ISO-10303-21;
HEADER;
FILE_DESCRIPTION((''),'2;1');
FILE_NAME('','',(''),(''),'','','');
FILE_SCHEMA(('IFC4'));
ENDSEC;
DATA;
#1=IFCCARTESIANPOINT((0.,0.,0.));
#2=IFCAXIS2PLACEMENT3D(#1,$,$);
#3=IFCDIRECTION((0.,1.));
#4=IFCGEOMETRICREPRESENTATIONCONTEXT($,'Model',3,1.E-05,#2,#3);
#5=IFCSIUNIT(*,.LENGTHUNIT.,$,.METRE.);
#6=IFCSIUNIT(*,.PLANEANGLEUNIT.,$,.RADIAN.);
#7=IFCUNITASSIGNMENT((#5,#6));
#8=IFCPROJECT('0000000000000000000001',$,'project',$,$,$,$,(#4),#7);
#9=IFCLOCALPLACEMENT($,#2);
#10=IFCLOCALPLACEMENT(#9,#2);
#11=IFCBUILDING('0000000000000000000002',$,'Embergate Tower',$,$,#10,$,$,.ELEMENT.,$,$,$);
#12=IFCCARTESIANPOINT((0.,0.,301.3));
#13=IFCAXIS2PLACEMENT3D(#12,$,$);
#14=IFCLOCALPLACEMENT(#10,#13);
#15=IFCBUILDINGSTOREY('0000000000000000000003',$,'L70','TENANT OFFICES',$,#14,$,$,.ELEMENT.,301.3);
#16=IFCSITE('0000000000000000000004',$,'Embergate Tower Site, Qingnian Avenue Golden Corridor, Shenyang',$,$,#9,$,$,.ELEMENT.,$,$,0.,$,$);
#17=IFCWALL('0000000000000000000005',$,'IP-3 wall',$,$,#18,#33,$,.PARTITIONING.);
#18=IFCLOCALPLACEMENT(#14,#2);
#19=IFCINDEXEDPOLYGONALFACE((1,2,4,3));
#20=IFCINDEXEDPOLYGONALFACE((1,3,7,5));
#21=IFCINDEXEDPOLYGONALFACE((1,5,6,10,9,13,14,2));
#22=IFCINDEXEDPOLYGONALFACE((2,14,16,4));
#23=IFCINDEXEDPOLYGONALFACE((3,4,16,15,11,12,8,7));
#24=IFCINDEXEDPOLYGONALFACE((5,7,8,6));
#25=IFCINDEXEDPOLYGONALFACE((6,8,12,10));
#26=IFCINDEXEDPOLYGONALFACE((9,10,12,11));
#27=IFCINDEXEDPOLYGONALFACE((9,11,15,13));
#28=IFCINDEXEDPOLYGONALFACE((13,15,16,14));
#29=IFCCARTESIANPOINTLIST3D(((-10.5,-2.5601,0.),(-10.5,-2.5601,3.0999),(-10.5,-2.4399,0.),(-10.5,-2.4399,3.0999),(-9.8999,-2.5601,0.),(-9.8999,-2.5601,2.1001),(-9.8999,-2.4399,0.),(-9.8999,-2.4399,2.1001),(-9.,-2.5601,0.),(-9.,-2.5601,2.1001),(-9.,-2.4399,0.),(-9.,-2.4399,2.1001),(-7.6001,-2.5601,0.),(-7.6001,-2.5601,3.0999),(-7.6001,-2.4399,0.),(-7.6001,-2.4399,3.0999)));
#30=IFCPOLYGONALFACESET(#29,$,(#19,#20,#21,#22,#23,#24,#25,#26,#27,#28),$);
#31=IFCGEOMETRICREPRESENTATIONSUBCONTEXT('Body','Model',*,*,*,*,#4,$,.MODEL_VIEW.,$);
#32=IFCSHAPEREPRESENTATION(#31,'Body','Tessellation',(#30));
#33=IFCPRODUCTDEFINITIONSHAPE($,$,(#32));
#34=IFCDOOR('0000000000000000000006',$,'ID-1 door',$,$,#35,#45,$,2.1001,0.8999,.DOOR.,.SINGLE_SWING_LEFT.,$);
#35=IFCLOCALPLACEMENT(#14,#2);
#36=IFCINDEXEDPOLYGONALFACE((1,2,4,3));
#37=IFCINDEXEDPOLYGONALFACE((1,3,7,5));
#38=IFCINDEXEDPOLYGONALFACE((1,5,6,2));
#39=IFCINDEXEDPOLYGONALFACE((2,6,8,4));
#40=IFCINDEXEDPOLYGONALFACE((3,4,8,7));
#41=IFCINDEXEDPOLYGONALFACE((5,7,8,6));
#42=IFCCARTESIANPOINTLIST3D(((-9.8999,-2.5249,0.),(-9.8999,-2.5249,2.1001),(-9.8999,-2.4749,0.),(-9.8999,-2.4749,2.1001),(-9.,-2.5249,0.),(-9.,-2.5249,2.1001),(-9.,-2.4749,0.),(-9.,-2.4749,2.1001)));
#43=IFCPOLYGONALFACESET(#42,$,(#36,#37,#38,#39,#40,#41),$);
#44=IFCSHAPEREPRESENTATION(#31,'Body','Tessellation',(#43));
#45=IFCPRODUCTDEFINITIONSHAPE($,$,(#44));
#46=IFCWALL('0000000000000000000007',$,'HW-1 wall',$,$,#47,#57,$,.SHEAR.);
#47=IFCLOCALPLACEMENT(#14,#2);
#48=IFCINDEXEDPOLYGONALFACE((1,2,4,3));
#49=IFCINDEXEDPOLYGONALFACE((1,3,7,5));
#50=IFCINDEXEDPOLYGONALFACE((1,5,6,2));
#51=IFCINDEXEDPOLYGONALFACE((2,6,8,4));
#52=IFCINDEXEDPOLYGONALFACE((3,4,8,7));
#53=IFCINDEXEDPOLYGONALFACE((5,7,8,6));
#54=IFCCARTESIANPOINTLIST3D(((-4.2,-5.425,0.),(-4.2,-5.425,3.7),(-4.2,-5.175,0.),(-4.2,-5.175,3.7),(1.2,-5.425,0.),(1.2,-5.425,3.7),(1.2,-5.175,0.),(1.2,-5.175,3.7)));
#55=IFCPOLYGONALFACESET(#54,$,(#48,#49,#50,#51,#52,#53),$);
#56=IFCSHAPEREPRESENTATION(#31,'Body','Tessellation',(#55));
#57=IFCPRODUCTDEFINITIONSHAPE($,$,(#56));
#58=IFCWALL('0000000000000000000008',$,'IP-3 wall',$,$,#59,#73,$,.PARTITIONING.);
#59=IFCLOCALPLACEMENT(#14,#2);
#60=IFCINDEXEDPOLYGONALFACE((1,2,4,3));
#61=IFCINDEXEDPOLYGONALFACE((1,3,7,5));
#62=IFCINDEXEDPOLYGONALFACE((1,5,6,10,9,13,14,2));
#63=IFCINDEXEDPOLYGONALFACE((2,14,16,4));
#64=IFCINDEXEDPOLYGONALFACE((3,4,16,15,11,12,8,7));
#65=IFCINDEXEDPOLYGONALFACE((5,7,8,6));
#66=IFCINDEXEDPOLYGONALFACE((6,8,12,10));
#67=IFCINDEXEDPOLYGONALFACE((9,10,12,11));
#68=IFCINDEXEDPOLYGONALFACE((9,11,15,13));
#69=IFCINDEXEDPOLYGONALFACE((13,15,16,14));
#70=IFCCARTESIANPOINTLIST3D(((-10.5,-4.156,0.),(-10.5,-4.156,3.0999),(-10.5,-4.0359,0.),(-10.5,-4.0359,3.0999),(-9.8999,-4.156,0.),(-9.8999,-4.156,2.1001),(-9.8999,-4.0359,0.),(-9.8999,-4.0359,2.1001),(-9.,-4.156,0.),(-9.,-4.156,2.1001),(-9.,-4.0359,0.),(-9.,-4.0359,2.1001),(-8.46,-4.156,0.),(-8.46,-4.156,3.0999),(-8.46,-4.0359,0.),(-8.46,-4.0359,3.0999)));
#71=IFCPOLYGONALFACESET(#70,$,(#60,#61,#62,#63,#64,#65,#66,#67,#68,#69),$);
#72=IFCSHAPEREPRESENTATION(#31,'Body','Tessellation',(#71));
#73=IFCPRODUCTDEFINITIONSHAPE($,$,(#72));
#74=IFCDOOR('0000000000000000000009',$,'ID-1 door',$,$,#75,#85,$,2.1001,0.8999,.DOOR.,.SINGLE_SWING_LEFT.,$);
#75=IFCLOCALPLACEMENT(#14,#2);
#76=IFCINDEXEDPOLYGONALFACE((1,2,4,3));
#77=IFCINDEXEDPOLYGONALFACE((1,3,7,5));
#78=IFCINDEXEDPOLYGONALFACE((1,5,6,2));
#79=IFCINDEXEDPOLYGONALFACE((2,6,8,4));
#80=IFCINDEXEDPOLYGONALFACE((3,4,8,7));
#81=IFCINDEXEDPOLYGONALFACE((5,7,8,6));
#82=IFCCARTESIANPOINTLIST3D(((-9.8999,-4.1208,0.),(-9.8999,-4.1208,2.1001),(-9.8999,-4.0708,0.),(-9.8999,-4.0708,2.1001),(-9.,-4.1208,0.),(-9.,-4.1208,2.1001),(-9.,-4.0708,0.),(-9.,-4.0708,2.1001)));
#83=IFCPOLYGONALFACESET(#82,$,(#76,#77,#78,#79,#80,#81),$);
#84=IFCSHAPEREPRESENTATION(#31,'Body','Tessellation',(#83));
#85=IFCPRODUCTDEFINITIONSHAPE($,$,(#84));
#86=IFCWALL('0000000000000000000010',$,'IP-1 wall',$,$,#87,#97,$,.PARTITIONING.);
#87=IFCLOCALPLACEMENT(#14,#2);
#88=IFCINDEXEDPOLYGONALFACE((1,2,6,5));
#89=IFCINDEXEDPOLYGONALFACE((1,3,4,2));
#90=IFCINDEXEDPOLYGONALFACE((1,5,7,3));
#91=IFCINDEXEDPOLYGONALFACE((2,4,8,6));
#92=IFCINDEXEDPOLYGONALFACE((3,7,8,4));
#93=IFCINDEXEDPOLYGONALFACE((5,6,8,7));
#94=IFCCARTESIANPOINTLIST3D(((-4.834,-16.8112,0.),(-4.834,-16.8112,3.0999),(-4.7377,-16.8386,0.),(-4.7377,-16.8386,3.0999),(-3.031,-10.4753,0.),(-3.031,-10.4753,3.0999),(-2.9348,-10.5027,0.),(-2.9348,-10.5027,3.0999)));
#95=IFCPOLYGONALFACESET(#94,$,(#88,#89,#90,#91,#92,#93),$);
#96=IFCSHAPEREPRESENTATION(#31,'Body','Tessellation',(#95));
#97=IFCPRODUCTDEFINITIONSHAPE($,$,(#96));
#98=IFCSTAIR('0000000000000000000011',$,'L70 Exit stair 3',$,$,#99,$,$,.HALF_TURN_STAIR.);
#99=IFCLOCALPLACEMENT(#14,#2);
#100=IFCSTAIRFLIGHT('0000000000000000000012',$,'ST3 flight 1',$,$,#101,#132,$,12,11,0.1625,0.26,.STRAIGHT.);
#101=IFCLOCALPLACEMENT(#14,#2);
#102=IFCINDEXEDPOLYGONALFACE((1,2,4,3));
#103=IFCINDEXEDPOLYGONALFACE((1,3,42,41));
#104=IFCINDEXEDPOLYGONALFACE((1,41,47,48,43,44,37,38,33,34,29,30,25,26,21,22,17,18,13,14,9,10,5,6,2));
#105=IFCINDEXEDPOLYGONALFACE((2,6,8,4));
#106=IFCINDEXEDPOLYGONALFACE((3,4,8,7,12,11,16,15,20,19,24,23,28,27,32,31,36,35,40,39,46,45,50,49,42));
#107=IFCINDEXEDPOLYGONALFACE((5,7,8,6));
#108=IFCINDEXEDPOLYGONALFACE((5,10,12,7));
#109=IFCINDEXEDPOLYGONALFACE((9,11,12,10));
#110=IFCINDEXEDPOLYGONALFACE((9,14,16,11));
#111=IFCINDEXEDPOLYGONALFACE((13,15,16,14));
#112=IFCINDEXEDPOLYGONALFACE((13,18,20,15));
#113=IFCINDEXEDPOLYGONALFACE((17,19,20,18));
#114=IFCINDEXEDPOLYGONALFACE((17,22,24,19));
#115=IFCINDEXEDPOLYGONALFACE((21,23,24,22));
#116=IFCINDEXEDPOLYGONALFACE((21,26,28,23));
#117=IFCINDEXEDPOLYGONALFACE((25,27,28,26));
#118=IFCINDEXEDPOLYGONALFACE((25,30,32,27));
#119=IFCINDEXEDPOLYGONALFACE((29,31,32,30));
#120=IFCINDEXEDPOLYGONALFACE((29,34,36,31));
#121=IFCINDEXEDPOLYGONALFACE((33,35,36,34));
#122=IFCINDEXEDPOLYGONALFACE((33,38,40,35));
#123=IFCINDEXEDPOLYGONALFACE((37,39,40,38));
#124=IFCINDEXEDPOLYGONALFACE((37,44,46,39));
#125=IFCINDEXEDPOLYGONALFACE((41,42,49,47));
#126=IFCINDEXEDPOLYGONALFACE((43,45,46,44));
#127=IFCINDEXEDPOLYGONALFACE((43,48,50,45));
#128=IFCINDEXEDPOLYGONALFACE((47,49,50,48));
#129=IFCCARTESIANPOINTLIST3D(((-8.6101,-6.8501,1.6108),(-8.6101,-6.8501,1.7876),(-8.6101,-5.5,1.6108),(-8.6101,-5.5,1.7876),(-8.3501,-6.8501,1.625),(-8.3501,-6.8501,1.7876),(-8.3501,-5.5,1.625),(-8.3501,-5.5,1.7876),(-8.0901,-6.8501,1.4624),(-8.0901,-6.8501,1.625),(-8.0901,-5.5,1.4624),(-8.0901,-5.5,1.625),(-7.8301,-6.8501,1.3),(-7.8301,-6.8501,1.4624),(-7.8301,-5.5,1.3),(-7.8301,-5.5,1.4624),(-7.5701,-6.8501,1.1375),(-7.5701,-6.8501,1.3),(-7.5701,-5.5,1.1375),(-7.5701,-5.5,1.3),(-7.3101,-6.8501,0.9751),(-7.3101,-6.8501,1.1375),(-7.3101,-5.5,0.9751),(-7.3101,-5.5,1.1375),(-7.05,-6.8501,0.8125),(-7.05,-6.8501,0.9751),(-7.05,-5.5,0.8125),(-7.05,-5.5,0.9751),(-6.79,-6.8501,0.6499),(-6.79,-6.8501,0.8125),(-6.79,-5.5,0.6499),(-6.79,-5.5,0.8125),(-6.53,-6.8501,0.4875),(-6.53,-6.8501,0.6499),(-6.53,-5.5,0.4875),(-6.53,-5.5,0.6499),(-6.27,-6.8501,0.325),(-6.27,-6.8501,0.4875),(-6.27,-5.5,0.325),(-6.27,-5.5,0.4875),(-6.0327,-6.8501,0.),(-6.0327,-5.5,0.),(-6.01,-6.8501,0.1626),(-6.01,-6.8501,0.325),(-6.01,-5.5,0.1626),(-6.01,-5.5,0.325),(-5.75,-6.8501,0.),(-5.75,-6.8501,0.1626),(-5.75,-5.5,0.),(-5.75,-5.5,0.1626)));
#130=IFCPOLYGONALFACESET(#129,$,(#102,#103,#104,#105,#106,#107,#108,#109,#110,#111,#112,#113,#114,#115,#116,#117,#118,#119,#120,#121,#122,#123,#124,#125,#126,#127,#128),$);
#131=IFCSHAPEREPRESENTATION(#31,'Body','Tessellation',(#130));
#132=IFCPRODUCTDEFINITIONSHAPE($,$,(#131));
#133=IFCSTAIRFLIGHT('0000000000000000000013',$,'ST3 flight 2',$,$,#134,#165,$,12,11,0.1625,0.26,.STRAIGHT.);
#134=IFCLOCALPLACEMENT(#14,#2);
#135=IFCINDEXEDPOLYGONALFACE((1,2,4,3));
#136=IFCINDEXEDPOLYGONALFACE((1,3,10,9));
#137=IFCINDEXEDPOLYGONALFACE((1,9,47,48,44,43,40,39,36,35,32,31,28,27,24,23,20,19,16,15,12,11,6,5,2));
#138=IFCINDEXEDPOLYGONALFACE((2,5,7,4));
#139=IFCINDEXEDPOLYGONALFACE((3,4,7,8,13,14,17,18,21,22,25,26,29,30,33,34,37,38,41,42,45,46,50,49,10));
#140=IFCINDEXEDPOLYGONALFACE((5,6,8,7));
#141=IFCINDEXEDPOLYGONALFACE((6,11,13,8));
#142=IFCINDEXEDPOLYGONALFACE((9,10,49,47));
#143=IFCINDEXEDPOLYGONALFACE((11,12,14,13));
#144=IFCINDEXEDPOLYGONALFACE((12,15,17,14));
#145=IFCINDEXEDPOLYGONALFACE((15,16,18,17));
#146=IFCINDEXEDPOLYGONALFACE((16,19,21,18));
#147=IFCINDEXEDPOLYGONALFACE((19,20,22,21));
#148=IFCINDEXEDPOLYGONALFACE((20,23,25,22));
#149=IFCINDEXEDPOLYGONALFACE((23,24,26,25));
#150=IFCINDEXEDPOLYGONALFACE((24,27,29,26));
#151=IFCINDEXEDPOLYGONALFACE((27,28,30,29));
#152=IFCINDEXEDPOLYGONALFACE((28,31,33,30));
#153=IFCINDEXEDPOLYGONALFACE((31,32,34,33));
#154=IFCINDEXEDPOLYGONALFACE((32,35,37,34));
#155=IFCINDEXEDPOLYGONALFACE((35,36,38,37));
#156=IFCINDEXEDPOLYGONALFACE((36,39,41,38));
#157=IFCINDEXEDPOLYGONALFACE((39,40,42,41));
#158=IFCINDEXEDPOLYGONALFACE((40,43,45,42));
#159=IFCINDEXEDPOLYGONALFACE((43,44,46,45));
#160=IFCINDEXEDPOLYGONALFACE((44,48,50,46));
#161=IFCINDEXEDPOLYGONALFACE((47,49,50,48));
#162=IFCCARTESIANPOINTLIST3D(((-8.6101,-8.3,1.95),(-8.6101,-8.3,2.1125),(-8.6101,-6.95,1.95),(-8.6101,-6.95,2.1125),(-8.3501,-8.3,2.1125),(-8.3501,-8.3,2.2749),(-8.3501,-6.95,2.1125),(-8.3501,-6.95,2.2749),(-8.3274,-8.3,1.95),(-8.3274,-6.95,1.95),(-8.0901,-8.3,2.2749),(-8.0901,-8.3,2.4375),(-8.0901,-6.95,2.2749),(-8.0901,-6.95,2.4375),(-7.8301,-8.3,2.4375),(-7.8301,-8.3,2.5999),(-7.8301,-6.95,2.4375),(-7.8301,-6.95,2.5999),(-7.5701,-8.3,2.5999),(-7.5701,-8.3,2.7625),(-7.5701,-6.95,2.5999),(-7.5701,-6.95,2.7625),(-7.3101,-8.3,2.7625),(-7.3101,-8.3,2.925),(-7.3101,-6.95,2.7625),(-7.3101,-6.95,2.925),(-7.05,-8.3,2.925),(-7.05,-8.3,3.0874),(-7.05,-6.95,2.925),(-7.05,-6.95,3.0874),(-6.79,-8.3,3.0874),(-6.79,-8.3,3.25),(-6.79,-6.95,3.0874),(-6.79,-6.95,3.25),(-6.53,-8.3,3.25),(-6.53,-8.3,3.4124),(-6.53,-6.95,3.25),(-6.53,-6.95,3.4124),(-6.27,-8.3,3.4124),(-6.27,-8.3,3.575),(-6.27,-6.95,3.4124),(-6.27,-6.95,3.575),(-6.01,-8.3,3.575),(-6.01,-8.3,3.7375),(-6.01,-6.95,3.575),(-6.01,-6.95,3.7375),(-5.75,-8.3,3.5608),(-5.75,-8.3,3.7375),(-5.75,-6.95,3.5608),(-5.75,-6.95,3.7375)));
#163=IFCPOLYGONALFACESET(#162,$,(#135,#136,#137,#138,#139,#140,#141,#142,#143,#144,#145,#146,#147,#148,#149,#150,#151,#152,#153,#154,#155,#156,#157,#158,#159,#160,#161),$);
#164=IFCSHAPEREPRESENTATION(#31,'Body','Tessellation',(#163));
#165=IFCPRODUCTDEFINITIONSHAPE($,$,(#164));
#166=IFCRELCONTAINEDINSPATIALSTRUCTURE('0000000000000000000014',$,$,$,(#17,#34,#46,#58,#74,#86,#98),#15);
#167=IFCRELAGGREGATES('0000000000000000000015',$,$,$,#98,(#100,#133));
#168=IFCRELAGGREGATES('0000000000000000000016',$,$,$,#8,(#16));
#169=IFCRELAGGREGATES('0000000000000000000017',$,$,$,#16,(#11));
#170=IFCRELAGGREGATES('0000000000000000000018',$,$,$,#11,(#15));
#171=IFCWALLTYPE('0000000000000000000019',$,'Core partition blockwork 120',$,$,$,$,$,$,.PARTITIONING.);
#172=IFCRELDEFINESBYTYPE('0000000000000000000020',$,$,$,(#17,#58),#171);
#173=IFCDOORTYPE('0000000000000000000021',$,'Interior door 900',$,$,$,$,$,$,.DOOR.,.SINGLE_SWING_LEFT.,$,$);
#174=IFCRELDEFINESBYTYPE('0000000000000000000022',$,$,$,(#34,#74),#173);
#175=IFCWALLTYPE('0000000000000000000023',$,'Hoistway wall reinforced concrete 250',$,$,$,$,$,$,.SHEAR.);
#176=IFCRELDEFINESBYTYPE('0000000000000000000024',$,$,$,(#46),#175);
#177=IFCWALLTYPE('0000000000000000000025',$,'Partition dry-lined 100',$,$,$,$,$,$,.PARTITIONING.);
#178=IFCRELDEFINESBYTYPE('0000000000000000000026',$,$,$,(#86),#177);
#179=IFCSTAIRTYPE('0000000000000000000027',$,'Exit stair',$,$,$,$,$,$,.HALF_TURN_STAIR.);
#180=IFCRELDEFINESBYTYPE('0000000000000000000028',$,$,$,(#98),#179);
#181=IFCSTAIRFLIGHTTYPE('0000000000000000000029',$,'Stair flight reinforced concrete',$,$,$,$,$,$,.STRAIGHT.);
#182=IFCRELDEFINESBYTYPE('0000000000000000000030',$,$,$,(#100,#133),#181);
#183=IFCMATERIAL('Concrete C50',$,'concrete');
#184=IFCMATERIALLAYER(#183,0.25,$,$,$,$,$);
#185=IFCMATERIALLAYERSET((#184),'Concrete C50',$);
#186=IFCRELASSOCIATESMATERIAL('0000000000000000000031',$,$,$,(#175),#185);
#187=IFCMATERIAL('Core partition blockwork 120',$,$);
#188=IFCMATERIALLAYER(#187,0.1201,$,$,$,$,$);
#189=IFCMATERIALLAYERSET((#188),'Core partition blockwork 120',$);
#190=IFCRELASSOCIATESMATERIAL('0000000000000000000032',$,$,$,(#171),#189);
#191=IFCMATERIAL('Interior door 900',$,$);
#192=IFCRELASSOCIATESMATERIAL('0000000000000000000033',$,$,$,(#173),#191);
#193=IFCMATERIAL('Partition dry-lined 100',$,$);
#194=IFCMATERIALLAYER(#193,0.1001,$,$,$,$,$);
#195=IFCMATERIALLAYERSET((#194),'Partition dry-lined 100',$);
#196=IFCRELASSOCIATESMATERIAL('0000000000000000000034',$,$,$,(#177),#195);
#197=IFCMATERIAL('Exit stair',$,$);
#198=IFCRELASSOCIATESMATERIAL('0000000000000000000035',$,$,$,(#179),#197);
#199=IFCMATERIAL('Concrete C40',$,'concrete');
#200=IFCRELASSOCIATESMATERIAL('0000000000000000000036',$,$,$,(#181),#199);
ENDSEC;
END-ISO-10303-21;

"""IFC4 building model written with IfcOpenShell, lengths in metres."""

from ifc_helpers import new_model, si_unit, direction, frame, frame_2d, origin, place, context, subcontext, project, spatial, polyline, rectangle, outline, extrude, source, transform, mapped, material, layer, layer_set, type_object, element, fill, aggregate, save


model = new_model("IFC4")

# Units and contexts
model_context = context("Model", 3, precision=1e-05, world=origin(), true_north=direction((0.0, 1.0)))
body_context = subcontext(model_context, "Body", "Model", "MODEL_VIEW")
ifc_project = project(units=[si_unit("LENGTHUNIT", "METRE"), si_unit("PLANEANGLEUNIT", "RADIAN")], contexts=[model_context])

# Site, building, storey
site_placement = place(None, origin())
site = spatial("IfcSite", under=ifc_project, at=site_placement, Name="Embergate Tower Site, Qingnian Avenue Golden Corridor, Shenyang", CompositionType="ELEMENT", RefElevation=0.0)
building_placement = place(site_placement, origin())
building = spatial("IfcBuilding", under=site, at=building_placement, Name="Embergate Tower", CompositionType="ELEMENT")
storey_placement = place(building_placement, frame((0.0, 0.0, 301.3)))
storey = spatial("IfcBuildingStorey", under=building, at=storey_placement, Name="L70", Description="TENANT OFFICES", CompositionType="ELEMENT", Elevation=301.3)

# Shared definitions
ifc_material_1 = material(Name="Concrete C50", Category="concrete")
ifc_layer_1 = layer(ifc_material_1, 0.25)
ifc_layer_set_1 = layer_set([ifc_layer_1], Name="Concrete C50")
wall_type_1 = type_object("IfcWallType", Name="Hoistway wall reinforced concrete 250", PredefinedType="SHEAR", material=ifc_layer_set_1)

# Wall, opening, door
ifc_material_2 = material(Name="Core partition blockwork 120")
ifc_layer_2 = layer(ifc_material_2, 0.1201)
ifc_layer_set_2 = layer_set([ifc_layer_2], Name="Core partition blockwork 120")
wall_type_2 = type_object("IfcWallType", Name="Core partition blockwork 120", PredefinedType="PARTITIONING", material=ifc_layer_set_2)
shared_shape_1 = source(origin(), body_context, "Body", "SweptSolid", [
    extrude(rectangle(XDim=0.8999, YDim=2.1001, at=frame_2d((0.45, 1.05))), frame((0.0, 0.0701, 0.0), z_axis=(0.0, -1.0, 0.0), x_axis=(1.0, 0.0, 0.0)), (0.0, 0.0, 1.0), 0.1401),
])
ifc_material_3 = material(Name="Interior door 900")
door_type_1 = type_object("IfcDoorType", Name="Interior door 900", OperationType="SINGLE_SWING_LEFT", PredefinedType="DOOR", material=ifc_material_3)
shared_shape_2 = source(origin(), body_context, "Body", "SweptSolid", [
    extrude(rectangle(XDim=0.8999, YDim=2.1001, at=frame_2d((0.45, 1.05))), frame((0.0, 0.0249, 0.0), z_axis=(0.0, -1.0, 0.0), x_axis=(1.0, 0.0, 0.0)), (0.0, 0.0, 1.0), 0.05),
])
shared_shape_3 = source(origin(), body_context, "Body", "SweptSolid", [
    extrude(rectangle(XDim=2.8999, YDim=0.1201, at=frame_2d((1.45, 0.0))), origin(), (0.0, 0.0, 1.0), 3.0999),
])
wall_1_placement = place(storey_placement, frame((-7.6001, -2.5, 0.0), z_axis=(0.0, 0.0, 1.0), x_axis=(-1.0, 0.0, 0.0)))
wall_1 = element("IfcWall", 1, at=wall_1_placement, inside=storey, type_object=wall_type_2, Name="IP-3 wall", PredefinedType="PARTITIONING", context=body_context, shape_type="MappedRepresentation", body=[
    mapped(shared_shape_3, transform((0.0, 0.0, 0.0))),
])
opening_1_placement = place(wall_1_placement, frame((1.3999, 0.0, 0.0)))
opening_1 = element("IfcOpeningElement", 2, at=opening_1_placement, cuts=wall_1, PredefinedType="OPENING", context=body_context, shape_type="MappedRepresentation", body=[
    mapped(shared_shape_1, transform((0.0, 0.0, 0.0))),
])
door_1_placement = place(opening_1_placement, origin())
door_1 = element("IfcDoor", 3, at=door_1_placement, inside=storey, type_object=door_type_1, Name="ID-1 door", OperationType="SINGLE_SWING_LEFT", OverallHeight=2.1001, OverallWidth=0.8999, PredefinedType="DOOR", context=body_context, shape_type="MappedRepresentation", body=[
    mapped(shared_shape_2, transform((0.0, 0.0, 0.0))),
])
fill(opening_1, door_1)

# Wall
shared_shape_4 = source(origin(), body_context, "Body", "SweptSolid", [
    extrude(rectangle(XDim=5.3999, YDim=0.25, at=frame_2d((2.7, 0.0))), origin(), (0.0, 0.0, 1.0), 3.7),
])
wall_2_placement = place(storey_placement, frame((-4.2, -5.3, 0.0), z_axis=(0.0, 0.0, 1.0), x_axis=(1.0, 0.0, 0.0)))
element("IfcWall", 4, at=wall_2_placement, inside=storey, type_object=wall_type_1, Name="HW-1 wall", PredefinedType="SHEAR", context=body_context, shape_type="MappedRepresentation", body=[
    mapped(shared_shape_4, transform((0.0, 0.0, 0.0))),
])

# Wall, opening, door
shared_shape_5 = source(origin(), body_context, "Body", "SweptSolid", [
    extrude(rectangle(XDim=2.04, YDim=0.1201, at=frame_2d((1.02, 0.0))), origin(), (0.0, 0.0, 1.0), 3.0999),
])
wall_3_placement = place(storey_placement, frame((-8.46, -4.0959, 0.0), z_axis=(0.0, 0.0, 1.0), x_axis=(-1.0, 0.0, 0.0)))
wall_3 = element("IfcWall", 5, at=wall_3_placement, inside=storey, type_object=wall_type_2, Name="IP-3 wall", PredefinedType="PARTITIONING", context=body_context, shape_type="MappedRepresentation", body=[
    mapped(shared_shape_5, transform((0.0, 0.0, 0.0))),
])
opening_2_placement = place(wall_3_placement, frame((0.54, 0.0, 0.0)))
opening_2 = element("IfcOpeningElement", 6, at=opening_2_placement, cuts=wall_3, PredefinedType="OPENING", context=body_context, shape_type="MappedRepresentation", body=[
    mapped(shared_shape_1, transform((0.0, 0.0, 0.0))),
])
door_2_placement = place(opening_2_placement, origin())
door_2 = element("IfcDoor", 7, at=door_2_placement, inside=storey, type_object=door_type_1, Name="ID-1 door", OperationType="SINGLE_SWING_LEFT", OverallHeight=2.1001, OverallWidth=0.8999, PredefinedType="DOOR", context=body_context, shape_type="MappedRepresentation", body=[
    mapped(shared_shape_2, transform((0.0, 0.0, 0.0))),
])
fill(opening_2, door_2)

# Wall
ifc_material_4 = material(Name="Partition dry-lined 100")
ifc_layer_3 = layer(ifc_material_4, 0.1001)
ifc_layer_set_3 = layer_set([ifc_layer_3], Name="Partition dry-lined 100")
wall_type_3 = type_object("IfcWallType", Name="Partition dry-lined 100", PredefinedType="PARTITIONING", material=ifc_layer_set_3)
shared_shape_6 = source(origin(), body_context, "Body", "SweptSolid", [
    extrude(rectangle(XDim=6.5874, YDim=0.1001, at=frame_2d((3.2937, 0.0))), origin(), (0.0, 0.0, 1.0), 3.0999),
])
wall_4_placement = place(storey_placement, frame((-2.9829, -10.489, 0.0), z_axis=(0.0, 0.0, 1.0), x_axis=(-0.273698, -0.961816, 0.0)))
element("IfcWall", 8, at=wall_4_placement, inside=storey, type_object=wall_type_3, Name="IP-1 wall", PredefinedType="PARTITIONING", context=body_context, shape_type="MappedRepresentation", body=[
    mapped(shared_shape_6, transform((0.0, 0.0, 0.0))),
])

# Stair, stair flights
ifc_material_5 = material(Name="Exit stair")
stair_type = type_object("IfcStairType", Name="Exit stair", PredefinedType="HALF_TURN_STAIR", material=ifc_material_5)
stair_placement = place(storey_placement, origin())
stair = element("IfcStair", 9, at=stair_placement, inside=storey, type_object=stair_type, Name="L70 Exit stair 3", PredefinedType="HALF_TURN_STAIR")
ifc_material_6 = material(Name="Concrete C40", Category="concrete")
stair_flight_type = type_object("IfcStairFlightType", Name="Stair flight reinforced concrete", PredefinedType="STRAIGHT", material=ifc_material_6)
shared_shape_7 = source(origin(), body_context, "Body", "SweptSolid", [
    extrude(outline(polyline([(0.0, 0.0), (0.0, 0.1626), (0.26, 0.1626), (0.26, 0.325), (0.52, 0.325), (0.52, 0.4875), (0.78, 0.4875), (0.78, 0.6499), (1.04, 0.6499), (1.04, 0.8125), (1.3, 0.8125), (1.3, 0.9751), (1.5601, 0.9751), (1.5601, 1.1375), (1.8201, 1.1375), (1.8201, 1.3), (2.0801, 1.3), (2.0801, 1.4624), (2.3401, 1.4624), (2.3401, 1.625), (2.6001, 1.625), (2.6001, 1.7876), (2.8601, 1.7876), (2.8601, 1.95), (2.8601, 1.6108), (0.2827, 0.0), (0.0, 0.0)])), frame((0.0, 0.675, 0.0), z_axis=(0.0, -1.0, 0.0), x_axis=(1.0, 0.0, 0.0)), (0.0, 0.0, 1.0), 1.3501),
])
stair_flight_1_placement = place(storey_placement, frame((-5.75, -6.175, 0.0), z_axis=(0.0, 0.0, 1.0), x_axis=(-1.0, 0.0, 0.0)))
stair_flight_1 = element("IfcStairFlight", 10, at=stair_flight_1_placement, type_object=stair_flight_type, Name="ST3 flight 1", NumberOfRisers=12, NumberOfTreads=11, PredefinedType="STRAIGHT", RiserHeight=0.1625, TreadLength=0.26, context=body_context, shape_type="MappedRepresentation", body=[
    mapped(shared_shape_7, transform((0.0, 0.0, 0.0))),
])
stair_flight_2_placement = place(storey_placement, frame((-8.6101, -7.625, 1.95), z_axis=(0.0, 0.0, 1.0), x_axis=(1.0, 0.0, 0.0)))
stair_flight_2 = element("IfcStairFlight", 11, at=stair_flight_2_placement, type_object=stair_flight_type, Name="ST3 flight 2", NumberOfRisers=12, NumberOfTreads=11, PredefinedType="STRAIGHT", RiserHeight=0.1625, TreadLength=0.26, context=body_context, shape_type="MappedRepresentation", body=[
    mapped(shared_shape_7, transform((0.0, 0.0, 0.0))),
])
aggregate(stair, [stair_flight_1, stair_flight_2])

save(model, "model.ifc")
